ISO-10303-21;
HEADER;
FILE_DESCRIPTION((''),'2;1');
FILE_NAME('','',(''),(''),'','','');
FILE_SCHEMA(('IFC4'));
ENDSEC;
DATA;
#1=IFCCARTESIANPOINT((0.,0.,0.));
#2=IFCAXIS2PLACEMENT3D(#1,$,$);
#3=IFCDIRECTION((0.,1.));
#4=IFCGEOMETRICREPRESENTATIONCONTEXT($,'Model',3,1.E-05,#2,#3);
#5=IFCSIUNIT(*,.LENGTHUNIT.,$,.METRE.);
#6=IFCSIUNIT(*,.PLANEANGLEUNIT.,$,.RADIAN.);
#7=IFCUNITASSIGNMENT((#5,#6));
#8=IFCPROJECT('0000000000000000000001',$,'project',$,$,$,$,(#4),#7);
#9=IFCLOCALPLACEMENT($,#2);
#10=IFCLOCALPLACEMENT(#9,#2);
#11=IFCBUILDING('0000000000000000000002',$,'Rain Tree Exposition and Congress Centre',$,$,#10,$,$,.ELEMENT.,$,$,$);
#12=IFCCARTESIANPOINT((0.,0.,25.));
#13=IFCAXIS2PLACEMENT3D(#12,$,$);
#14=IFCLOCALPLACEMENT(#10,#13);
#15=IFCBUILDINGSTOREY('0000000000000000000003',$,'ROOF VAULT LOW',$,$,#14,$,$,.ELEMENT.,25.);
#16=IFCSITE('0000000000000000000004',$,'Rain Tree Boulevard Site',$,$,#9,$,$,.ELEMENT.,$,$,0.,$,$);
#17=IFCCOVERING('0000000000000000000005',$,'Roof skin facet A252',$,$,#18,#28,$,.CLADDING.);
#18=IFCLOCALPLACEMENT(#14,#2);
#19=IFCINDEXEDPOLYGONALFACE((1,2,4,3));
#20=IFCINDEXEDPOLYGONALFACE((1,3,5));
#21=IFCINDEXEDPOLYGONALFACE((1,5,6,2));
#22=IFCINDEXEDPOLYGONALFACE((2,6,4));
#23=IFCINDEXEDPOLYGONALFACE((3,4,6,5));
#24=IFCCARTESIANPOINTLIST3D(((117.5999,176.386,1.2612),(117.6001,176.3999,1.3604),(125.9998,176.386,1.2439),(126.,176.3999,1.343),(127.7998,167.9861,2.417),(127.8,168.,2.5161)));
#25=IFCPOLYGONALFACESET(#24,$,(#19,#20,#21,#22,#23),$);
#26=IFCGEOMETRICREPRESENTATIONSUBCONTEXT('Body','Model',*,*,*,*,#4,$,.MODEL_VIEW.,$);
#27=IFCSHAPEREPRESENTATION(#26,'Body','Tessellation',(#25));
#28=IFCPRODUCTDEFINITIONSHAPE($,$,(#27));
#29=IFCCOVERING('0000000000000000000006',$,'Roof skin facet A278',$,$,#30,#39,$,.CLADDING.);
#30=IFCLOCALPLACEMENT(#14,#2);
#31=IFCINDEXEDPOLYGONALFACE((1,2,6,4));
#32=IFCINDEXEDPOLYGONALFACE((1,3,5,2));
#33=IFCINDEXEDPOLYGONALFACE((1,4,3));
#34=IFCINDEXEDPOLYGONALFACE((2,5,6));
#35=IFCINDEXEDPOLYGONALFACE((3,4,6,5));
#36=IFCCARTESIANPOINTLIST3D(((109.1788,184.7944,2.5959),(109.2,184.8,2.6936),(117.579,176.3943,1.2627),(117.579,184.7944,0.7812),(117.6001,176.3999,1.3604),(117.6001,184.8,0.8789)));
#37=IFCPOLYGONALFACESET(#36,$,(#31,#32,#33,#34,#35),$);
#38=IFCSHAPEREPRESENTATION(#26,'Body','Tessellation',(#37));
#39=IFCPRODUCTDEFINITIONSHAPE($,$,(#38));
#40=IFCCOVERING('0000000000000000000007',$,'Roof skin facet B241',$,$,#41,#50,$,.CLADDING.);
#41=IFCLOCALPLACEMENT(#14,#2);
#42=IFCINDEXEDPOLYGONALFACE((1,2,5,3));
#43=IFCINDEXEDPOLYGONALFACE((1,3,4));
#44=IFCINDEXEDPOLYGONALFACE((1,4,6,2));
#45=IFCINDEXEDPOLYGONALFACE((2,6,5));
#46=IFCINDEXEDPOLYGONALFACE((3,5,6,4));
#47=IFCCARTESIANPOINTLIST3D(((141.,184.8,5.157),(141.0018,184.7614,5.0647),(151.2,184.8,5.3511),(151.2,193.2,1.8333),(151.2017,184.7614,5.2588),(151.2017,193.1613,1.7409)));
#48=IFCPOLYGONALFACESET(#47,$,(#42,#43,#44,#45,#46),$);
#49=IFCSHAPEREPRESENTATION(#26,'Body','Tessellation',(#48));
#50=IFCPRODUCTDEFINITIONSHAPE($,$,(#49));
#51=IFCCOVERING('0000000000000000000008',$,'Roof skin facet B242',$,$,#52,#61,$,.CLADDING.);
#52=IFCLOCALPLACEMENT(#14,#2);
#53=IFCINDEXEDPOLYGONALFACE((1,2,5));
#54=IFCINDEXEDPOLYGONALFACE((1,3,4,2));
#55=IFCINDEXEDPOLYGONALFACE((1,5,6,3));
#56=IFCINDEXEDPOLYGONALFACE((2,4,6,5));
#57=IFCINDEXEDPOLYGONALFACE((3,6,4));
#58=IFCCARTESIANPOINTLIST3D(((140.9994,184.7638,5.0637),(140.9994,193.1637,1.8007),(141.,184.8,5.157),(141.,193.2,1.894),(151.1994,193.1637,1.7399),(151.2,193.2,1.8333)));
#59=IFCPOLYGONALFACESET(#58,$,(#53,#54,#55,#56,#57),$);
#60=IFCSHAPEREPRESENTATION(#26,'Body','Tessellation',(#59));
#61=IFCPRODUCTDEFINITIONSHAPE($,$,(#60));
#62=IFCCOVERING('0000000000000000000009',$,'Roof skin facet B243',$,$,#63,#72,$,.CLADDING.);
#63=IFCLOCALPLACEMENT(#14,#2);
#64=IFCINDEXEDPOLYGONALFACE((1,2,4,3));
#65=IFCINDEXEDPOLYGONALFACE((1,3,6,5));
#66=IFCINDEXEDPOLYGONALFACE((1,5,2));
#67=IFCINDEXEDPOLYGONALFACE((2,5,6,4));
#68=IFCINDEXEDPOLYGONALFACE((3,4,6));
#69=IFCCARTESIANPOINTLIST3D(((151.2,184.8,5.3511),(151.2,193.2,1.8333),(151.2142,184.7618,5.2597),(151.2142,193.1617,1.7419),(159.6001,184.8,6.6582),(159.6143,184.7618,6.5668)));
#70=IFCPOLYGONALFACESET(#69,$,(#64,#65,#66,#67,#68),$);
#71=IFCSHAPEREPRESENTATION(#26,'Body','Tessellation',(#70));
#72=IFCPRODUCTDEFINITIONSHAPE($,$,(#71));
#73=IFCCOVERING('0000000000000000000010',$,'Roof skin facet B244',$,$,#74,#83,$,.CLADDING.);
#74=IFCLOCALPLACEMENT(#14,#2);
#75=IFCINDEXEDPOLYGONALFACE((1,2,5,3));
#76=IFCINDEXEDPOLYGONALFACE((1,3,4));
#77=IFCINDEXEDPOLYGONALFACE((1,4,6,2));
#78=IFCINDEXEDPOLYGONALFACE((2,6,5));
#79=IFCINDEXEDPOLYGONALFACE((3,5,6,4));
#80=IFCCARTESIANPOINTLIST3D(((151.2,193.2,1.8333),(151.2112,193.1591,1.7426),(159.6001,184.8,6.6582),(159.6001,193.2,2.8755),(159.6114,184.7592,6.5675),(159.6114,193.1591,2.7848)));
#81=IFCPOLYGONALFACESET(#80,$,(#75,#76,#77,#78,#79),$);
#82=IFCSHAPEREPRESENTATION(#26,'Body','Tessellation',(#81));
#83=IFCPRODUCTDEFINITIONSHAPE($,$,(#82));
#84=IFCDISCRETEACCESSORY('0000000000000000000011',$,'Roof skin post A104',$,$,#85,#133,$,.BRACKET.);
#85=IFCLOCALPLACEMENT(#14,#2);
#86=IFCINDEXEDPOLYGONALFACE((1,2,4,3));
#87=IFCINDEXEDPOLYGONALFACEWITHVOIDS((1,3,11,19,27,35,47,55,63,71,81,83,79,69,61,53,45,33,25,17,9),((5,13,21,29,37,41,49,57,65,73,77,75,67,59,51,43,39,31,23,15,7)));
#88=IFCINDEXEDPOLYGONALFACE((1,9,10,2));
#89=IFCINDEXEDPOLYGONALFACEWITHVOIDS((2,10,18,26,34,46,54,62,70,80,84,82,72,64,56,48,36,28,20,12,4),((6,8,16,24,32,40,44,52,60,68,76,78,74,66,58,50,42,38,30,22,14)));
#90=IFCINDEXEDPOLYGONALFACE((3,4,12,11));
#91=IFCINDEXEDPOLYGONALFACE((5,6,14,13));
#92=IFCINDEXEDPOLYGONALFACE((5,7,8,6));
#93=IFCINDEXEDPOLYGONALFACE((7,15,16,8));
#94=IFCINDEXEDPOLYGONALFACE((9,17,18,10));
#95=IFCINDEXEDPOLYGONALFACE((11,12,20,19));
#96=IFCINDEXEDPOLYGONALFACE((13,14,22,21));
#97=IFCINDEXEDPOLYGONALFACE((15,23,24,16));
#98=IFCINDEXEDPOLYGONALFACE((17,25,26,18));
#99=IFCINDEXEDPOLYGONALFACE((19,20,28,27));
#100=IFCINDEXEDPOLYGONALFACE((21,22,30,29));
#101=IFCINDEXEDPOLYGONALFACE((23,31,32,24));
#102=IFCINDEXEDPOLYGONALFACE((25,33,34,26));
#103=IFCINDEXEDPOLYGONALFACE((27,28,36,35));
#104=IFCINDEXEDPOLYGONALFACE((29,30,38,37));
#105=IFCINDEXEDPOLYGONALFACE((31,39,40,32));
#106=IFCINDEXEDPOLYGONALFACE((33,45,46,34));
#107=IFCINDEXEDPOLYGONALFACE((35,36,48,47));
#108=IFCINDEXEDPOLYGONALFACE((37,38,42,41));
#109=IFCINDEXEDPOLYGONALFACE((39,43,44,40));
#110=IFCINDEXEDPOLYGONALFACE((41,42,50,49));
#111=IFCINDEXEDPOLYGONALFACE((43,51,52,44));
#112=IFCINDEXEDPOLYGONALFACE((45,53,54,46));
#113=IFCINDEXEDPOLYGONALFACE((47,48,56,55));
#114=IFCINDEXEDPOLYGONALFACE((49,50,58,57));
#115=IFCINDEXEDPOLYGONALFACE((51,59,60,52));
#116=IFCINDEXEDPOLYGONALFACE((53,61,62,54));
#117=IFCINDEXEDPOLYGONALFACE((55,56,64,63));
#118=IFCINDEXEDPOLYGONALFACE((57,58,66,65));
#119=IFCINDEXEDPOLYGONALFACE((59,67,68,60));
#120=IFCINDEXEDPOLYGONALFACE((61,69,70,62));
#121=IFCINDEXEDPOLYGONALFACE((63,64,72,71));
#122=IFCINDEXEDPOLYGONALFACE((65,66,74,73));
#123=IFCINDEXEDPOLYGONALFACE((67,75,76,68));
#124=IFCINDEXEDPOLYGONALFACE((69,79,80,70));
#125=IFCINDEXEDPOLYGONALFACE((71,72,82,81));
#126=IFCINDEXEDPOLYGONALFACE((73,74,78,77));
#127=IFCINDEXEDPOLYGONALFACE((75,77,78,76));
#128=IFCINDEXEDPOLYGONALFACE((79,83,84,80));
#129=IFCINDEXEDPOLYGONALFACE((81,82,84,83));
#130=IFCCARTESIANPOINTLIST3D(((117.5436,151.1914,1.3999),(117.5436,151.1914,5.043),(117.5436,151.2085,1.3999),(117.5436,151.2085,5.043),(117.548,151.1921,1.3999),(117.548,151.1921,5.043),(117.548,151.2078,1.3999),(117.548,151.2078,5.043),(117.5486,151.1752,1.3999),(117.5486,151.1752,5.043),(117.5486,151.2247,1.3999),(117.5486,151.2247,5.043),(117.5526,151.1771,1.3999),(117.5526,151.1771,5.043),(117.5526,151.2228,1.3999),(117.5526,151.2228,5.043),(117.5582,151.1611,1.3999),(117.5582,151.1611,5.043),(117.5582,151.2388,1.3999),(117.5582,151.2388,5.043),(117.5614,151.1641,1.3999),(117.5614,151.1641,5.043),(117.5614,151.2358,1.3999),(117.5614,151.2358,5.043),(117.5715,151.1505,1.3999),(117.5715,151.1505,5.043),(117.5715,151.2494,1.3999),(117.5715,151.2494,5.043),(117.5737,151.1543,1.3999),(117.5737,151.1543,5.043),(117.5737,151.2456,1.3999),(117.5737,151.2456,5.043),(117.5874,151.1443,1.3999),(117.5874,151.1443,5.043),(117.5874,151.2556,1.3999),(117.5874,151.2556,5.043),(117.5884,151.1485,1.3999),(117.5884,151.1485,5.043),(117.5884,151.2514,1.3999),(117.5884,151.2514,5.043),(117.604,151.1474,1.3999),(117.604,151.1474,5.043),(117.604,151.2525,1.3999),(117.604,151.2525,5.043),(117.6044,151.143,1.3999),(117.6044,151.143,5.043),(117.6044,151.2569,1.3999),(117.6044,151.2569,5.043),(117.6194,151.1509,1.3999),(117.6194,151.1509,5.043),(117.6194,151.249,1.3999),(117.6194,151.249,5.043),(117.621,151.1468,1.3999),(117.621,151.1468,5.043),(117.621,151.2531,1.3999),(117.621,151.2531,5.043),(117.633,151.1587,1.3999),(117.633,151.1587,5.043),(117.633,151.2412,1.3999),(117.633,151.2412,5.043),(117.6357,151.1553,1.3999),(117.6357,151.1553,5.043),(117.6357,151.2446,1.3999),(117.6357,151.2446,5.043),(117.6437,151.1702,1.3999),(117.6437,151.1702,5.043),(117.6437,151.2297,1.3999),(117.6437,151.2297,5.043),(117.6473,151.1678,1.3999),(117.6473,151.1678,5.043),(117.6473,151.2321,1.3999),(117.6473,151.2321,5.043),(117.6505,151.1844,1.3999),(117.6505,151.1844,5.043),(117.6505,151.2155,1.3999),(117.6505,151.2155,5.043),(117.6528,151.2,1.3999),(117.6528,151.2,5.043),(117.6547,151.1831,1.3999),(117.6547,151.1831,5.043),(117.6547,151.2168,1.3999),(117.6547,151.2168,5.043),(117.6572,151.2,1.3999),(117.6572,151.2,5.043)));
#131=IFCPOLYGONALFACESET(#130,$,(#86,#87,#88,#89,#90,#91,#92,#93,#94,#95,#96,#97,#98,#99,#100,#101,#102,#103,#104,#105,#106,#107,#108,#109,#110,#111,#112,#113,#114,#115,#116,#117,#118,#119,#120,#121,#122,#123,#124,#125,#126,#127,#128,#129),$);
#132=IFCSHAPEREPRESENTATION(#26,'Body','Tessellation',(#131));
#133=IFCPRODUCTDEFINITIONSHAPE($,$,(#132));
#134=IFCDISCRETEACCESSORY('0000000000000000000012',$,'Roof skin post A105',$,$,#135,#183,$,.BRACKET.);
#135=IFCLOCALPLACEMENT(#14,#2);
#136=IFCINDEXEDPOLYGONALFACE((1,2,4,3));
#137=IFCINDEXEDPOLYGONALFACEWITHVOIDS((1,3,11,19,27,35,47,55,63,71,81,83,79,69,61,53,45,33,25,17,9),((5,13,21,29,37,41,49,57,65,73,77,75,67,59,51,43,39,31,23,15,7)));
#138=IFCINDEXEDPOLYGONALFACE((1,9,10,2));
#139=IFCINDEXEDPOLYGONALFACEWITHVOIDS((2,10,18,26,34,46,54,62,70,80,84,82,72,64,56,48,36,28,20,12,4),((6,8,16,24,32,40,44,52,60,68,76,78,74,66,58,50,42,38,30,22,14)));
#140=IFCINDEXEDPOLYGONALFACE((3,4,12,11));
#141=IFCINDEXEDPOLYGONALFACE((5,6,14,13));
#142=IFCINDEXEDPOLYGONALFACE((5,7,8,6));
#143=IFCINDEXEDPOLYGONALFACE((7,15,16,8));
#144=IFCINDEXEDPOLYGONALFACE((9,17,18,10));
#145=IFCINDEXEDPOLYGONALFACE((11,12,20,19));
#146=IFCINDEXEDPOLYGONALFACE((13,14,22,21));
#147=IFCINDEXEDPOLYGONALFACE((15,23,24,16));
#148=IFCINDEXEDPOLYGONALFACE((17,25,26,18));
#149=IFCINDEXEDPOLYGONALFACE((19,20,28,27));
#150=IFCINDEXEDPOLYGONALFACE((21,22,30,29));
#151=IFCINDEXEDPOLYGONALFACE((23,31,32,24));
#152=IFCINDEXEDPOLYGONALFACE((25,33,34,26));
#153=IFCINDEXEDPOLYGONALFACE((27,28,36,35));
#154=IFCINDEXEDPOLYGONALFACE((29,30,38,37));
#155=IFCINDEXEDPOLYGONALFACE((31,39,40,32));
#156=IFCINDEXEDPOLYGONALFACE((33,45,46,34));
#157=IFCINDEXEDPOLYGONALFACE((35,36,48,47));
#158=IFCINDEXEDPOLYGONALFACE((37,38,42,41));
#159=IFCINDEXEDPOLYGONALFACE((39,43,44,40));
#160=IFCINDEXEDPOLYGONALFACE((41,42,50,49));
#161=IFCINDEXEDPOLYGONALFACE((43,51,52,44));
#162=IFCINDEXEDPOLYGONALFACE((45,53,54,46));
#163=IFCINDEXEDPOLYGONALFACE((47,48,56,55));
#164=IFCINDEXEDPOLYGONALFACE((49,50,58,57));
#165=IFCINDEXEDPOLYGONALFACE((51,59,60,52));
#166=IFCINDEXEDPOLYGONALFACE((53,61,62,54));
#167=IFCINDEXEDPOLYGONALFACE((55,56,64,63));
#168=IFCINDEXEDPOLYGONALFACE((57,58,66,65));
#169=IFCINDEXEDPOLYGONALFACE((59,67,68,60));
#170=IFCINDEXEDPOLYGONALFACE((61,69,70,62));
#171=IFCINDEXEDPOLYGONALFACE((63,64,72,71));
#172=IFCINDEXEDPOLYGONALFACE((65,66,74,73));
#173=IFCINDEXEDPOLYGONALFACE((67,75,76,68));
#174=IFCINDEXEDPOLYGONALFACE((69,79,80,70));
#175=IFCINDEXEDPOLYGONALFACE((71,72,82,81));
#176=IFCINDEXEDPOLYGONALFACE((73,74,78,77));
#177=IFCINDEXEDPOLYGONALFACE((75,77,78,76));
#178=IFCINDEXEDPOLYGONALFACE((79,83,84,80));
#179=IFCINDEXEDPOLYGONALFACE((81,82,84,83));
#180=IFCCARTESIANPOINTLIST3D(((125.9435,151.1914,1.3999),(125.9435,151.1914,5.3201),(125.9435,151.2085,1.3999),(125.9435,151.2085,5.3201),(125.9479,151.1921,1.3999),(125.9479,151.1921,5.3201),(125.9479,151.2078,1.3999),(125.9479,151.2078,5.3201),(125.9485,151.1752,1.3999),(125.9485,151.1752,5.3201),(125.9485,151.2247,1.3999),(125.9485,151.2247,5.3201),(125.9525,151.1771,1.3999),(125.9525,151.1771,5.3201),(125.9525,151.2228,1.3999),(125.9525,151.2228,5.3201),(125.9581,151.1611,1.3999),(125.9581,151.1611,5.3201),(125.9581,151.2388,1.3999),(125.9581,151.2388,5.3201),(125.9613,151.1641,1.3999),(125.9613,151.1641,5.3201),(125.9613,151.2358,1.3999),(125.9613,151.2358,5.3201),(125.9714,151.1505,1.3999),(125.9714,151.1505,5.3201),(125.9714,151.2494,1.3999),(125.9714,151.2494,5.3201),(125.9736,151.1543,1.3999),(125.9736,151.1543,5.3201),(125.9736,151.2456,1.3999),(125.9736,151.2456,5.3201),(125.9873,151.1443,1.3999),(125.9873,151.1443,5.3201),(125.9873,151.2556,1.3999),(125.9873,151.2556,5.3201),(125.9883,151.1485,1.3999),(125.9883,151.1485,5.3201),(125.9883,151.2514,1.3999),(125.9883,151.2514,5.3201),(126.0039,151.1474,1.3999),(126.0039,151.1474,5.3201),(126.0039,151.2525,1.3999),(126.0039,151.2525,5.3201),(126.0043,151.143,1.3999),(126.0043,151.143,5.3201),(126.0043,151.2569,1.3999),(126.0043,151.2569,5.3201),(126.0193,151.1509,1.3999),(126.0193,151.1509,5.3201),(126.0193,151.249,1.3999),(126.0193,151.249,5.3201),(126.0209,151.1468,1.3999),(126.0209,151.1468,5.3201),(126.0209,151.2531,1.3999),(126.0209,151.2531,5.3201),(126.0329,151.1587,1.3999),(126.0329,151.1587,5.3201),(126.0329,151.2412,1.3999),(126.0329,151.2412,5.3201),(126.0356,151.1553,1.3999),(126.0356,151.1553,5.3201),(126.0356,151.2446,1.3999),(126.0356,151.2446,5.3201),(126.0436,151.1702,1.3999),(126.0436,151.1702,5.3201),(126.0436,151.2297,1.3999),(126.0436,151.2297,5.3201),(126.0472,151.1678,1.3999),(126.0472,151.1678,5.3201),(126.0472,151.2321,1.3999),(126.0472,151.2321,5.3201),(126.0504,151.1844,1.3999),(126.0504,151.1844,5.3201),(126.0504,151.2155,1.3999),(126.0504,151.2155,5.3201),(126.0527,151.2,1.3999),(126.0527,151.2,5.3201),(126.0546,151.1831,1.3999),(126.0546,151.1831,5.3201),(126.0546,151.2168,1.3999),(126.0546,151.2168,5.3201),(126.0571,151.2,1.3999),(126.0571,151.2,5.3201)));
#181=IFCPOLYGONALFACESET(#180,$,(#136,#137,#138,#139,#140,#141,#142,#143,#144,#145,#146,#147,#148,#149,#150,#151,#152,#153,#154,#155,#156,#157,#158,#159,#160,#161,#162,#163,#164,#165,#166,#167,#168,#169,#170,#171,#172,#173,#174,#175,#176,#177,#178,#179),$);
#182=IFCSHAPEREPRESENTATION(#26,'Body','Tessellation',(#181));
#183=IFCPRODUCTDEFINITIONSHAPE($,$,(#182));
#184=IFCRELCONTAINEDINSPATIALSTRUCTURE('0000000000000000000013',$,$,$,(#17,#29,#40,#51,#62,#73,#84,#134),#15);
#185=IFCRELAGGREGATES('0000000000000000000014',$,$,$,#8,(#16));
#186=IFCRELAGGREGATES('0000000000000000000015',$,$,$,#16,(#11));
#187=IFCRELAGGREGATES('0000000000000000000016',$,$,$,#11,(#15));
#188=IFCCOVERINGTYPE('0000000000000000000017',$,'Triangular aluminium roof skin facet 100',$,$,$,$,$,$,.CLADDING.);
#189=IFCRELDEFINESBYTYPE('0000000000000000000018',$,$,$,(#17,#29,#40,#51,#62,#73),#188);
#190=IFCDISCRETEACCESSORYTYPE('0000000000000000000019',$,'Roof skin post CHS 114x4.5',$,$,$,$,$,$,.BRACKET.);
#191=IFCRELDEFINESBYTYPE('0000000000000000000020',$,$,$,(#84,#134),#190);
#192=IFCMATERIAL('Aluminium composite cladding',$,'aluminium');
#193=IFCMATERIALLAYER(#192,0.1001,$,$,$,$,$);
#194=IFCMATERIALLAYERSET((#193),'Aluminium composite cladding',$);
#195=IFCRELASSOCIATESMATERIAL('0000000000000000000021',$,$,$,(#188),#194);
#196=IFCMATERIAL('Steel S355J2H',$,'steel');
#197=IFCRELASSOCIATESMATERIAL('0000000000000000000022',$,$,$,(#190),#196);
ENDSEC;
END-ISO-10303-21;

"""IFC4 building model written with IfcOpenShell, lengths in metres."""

from ifc_helpers import new_model, si_unit, direction, frame, origin, origin_2d, place, context, subcontext, project, spatial, polyline, hollow_circle, outline, extrude, material, layer, layer_set, material_profile, profile_set, type_object, element, save


model = new_model("IFC4")

# Units and contexts
model_context = context("Model", 3, precision=1e-05, world=origin(), true_north=direction((0.0, 1.0)))
body_context = subcontext(model_context, "Body", "Model", "MODEL_VIEW")
ifc_project = project(units=[si_unit("LENGTHUNIT", "METRE"), si_unit("PLANEANGLEUNIT", "RADIAN")], contexts=[model_context])

# Site, building, storey
site_placement = place(None, origin())
site = spatial("IfcSite", under=ifc_project, at=site_placement, Name="Rain Tree Boulevard Site", CompositionType="ELEMENT", RefElevation=0.0)
building_placement = place(site_placement, origin())
building = spatial("IfcBuilding", under=site, at=building_placement, Name="Rain Tree Exposition and Congress Centre", CompositionType="ELEMENT")
storey_placement = place(building_placement, frame((0.0, 0.0, 25.0)))
storey = spatial("IfcBuildingStorey", under=building, at=storey_placement, Name="ROOF VAULT LOW", CompositionType="ELEMENT", Elevation=25.0)

# Coverings
ifc_material_1 = material(Name="Aluminium composite cladding", Category="aluminium")
ifc_layer_1 = layer(ifc_material_1, 0.1001)
ifc_layer_set_1 = layer_set([ifc_layer_1], Name="Aluminium composite cladding")
covering_type_1 = type_object("IfcCoveringType", Name="Triangular aluminium roof skin facet 100", PredefinedType="CLADDING", material=ifc_layer_set_1)
covering_1_placement = place(storey_placement, frame((127.8, 168.0, 2.5161), z_axis=(0.002044, 0.138743, 0.990326), x_axis=(-0.20761, 0.96881, -0.1353)))
element("IfcCovering", 1, at=covering_1_placement, inside=storey, type_object=covering_type_1, Name="Roof skin facet A252", PredefinedType="CLADDING", context=body_context, shape_type="SweptSolid", body=[
    extrude(outline(polyline([(0.0, 0.0), (8.6703, 0.0), (10.4119, 8.2174), (0.0, 0.0)])), origin(), (0.0, 0.0, -1.0), 0.1001),
])
covering_2_placement = place(storey_placement, frame((117.6001, 176.3999, 1.3604), z_axis=(0.21083, 0.055934, 0.975921), x_axis=(0.0, 0.998362, -0.05722)))
element("IfcCovering", 2, at=covering_2_placement, inside=storey, type_object=covering_type_1, Name="Roof skin facet A278", PredefinedType="CLADDING", context=body_context, shape_type="SweptSolid", body=[
    extrude(outline(polyline([(0.0, 0.0), (8.4139, 0.0), (8.3101, 8.5933), (0.0, 0.0)])), origin(), (0.0, 0.0, -1.0), 0.1001),
])
covering_3_placement = place(storey_placement, frame((141.0, 184.8, 5.157), z_axis=(-0.017549, 0.386227, 0.922237), x_axis=(0.999819, 0.0, 0.019025)))
element("IfcCovering", 3, at=covering_3_placement, inside=storey, type_object=covering_type_1, Name="Roof skin facet B241", PredefinedType="CLADDING", context=body_context, shape_type="SweptSolid", body=[
    extrude(outline(polyline([(0.0, 0.0), (10.2018, 0.0), (10.1349, 9.1065), (0.0, 0.0)])), origin(), (0.0, 0.0, -1.0), 0.1001),
])
covering_4_placement = place(storey_placement, frame((141.0, 184.8, 5.157), z_axis=(0.005555, 0.362085, 0.932129), x_axis=(0.748612, 0.6165, -0.243941)))
element("IfcCovering", 4, at=covering_4_placement, inside=storey, type_object=covering_type_1, Name="Roof skin facet B242", PredefinedType="CLADDING", context=body_context, shape_type="SweptSolid", body=[
    extrude(outline(polyline([(0.0, 0.0), (13.6251, 0.0), (5.9745, 6.7461), (0.0, 0.0)])), origin(), (0.0, 0.0, -1.0), 0.1001),
])
covering_5_placement = place(storey_placement, frame((151.2, 184.8, 5.3511), z_axis=(-0.142073, 0.382368, 0.913023), x_axis=(0.988109, 0.0, 0.153757)))
element("IfcCovering", 5, at=covering_5_placement, inside=storey, type_object=covering_type_1, Name="Roof skin facet B243", PredefinedType="CLADDING", context=body_context, shape_type="SweptSolid", body=[
    extrude(outline(polyline([(0.0, 0.0), (8.5012, 0.0), (-0.5409, 9.0907), (0.0, 0.0)])), origin(), (0.0, 0.0, -1.0), 0.1001),
])
covering_6_placement = place(storey_placement, frame((159.6001, 184.8, 6.6582), z_axis=(-0.112414, 0.408011, 0.90603), x_axis=(0.0, 0.911809, -0.410614)))
element("IfcCovering", 6, at=covering_6_placement, inside=storey, type_object=covering_type_1, Name="Roof skin facet B244", PredefinedType="CLADDING", context=body_context, shape_type="SweptSolid", body=[
    extrude(outline(polyline([(0.0, 0.0), (9.2123, 0.0), (9.6403, 8.4537), (0.0, 0.0)])), origin(), (0.0, 0.0, -1.0), 0.1001),
])

# Discrete accessories
ifc_material_2 = material(Name="Steel S355J2H", Category="steel")
ifc_material_profile_1 = material_profile(ifc_material_2, hollow_circle(Radius=0.0571, WallThickness=0.0044, at=origin_2d()), Name="CHS 114x4.5")
ifc_profile_set_1 = profile_set([ifc_material_profile_1], Name="Steel S355J2H")
discrete_accessory_type = type_object("IfcDiscreteAccessoryType", Name="Roof skin post CHS 114x4.5", PredefinedType="BRACKET", material=ifc_profile_set_1)
discrete_accessory_1_placement = place(storey_placement, frame((117.6001, 151.2, 1.3999), z_axis=(0.0, 0.0, 1.0), x_axis=(1.0, 0.0, 0.0)))
element("IfcDiscreteAccessory", 7, at=discrete_accessory_1_placement, inside=storey, type_object=discrete_accessory_type, Name="Roof skin post A104", PredefinedType="BRACKET", context=body_context, shape_type="SweptSolid", body=[
    extrude(hollow_circle(Radius=0.0571, WallThickness=0.0044, at=origin_2d()), origin(), (0.0, 0.0, 1.0), 3.6431),
])
discrete_accessory_2_placement = place(storey_placement, frame((126.0, 151.2, 1.3999), z_axis=(0.0, 0.0, 1.0), x_axis=(1.0, 0.0, 0.0)))
element("IfcDiscreteAccessory", 8, at=discrete_accessory_2_placement, inside=storey, type_object=discrete_accessory_type, Name="Roof skin post A105", PredefinedType="BRACKET", context=body_context, shape_type="SweptSolid", body=[
    extrude(hollow_circle(Radius=0.0571, WallThickness=0.0044, at=origin_2d()), origin(), (0.0, 0.0, 1.0), 3.9202),
])

save(model, "model.ifc")
